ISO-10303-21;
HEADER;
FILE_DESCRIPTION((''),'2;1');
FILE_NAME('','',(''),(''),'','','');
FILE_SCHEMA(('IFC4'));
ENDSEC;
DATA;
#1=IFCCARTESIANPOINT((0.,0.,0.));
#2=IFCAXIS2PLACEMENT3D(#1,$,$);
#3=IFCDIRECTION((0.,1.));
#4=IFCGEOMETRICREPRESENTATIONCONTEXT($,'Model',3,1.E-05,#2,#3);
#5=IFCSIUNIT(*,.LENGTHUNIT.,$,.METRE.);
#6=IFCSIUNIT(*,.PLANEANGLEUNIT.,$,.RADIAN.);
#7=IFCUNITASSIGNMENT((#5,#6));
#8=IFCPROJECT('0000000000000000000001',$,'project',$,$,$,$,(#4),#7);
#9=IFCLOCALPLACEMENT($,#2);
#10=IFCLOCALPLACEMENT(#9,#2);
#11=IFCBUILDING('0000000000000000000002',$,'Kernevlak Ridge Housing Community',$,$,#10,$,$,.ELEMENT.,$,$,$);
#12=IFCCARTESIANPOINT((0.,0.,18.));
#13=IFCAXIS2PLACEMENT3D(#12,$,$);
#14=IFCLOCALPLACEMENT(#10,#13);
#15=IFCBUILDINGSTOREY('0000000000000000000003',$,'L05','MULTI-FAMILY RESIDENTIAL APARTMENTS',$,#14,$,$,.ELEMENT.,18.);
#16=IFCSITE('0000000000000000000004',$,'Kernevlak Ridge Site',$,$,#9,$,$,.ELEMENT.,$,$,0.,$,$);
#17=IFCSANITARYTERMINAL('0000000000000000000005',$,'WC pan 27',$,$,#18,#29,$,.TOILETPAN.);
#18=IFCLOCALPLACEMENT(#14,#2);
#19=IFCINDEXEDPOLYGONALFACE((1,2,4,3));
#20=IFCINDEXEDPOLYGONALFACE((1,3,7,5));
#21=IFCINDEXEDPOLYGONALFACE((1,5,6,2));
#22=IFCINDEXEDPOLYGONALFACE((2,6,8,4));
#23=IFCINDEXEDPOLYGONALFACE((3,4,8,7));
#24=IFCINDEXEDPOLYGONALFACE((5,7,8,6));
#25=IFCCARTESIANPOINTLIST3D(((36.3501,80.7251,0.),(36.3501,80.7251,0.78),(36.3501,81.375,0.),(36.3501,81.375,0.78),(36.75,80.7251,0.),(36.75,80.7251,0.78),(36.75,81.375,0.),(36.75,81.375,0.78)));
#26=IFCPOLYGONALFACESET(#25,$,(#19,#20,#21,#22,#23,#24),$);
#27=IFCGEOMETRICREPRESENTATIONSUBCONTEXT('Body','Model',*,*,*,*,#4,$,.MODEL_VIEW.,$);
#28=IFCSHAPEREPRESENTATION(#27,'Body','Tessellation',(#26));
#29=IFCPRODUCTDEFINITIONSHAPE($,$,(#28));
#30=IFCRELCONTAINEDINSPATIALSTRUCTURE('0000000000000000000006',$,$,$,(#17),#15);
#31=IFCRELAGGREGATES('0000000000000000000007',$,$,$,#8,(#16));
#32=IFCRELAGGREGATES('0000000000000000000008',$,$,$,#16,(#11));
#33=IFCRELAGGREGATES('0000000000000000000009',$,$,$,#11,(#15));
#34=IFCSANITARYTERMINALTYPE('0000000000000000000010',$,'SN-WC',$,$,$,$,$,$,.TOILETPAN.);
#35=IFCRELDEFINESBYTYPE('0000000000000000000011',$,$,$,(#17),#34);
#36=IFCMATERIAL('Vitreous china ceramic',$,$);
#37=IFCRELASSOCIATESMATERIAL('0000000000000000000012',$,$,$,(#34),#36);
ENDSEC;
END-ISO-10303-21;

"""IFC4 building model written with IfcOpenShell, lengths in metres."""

from ifc_helpers import new_model, si_unit, direction, frame, origin, origin_2d, place, context, subcontext, project, spatial, rectangle, extrude, material, type_object, element, save


model = new_model("IFC4")

# Units and contexts
model_context = context("Model", 3, precision=1e-05, world=origin(), true_north=direction((0.0, 1.0)))
body_context = subcontext(model_context, "Body", "Model", "MODEL_VIEW")
ifc_project = project(units=[si_unit("LENGTHUNIT", "METRE"), si_unit("PLANEANGLEUNIT", "RADIAN")], contexts=[model_context])

# Site, building, storey
site_placement = place(None, origin())
site = spatial("IfcSite", under=ifc_project, at=site_placement, Name="Kernevlak Ridge Site", CompositionType="ELEMENT", RefElevation=0.0)
building_placement = place(site_placement, origin())
building = spatial("IfcBuilding", under=site, at=building_placement, Name="Kernevlak Ridge Housing Community", CompositionType="ELEMENT")
storey_placement = place(building_placement, frame((0.0, 0.0, 18.0)))
storey = spatial("IfcBuildingStorey", under=building, at=storey_placement, Name="L05", Description="MULTI-FAMILY RESIDENTIAL APARTMENTS", CompositionType="ELEMENT", Elevation=18.0)

# Sanitary terminal
ifc_material_1 = material(Name="Vitreous china ceramic")
sanitary_terminal_type_1 = type_object("IfcSanitaryTerminalType", Name="SN-WC", PredefinedType="TOILETPAN", material=ifc_material_1)
sanitary_terminal_1_placement = place(storey_placement, frame((36.55, 81.05, 0.0), z_axis=(0.0, 0.0, 1.0), x_axis=(1.0, 0.0, 0.0)))
element("IfcSanitaryTerminal", 1, at=sanitary_terminal_1_placement, inside=storey, type_object=sanitary_terminal_type_1, Name="WC pan 27", PredefinedType="TOILETPAN", context=body_context, shape_type="SweptSolid", body=[
    extrude(rectangle(XDim=0.3999, YDim=0.6499, at=origin_2d()), origin(), (0.0, 0.0, 1.0), 0.78),
])

save(model, "model.ifc")
